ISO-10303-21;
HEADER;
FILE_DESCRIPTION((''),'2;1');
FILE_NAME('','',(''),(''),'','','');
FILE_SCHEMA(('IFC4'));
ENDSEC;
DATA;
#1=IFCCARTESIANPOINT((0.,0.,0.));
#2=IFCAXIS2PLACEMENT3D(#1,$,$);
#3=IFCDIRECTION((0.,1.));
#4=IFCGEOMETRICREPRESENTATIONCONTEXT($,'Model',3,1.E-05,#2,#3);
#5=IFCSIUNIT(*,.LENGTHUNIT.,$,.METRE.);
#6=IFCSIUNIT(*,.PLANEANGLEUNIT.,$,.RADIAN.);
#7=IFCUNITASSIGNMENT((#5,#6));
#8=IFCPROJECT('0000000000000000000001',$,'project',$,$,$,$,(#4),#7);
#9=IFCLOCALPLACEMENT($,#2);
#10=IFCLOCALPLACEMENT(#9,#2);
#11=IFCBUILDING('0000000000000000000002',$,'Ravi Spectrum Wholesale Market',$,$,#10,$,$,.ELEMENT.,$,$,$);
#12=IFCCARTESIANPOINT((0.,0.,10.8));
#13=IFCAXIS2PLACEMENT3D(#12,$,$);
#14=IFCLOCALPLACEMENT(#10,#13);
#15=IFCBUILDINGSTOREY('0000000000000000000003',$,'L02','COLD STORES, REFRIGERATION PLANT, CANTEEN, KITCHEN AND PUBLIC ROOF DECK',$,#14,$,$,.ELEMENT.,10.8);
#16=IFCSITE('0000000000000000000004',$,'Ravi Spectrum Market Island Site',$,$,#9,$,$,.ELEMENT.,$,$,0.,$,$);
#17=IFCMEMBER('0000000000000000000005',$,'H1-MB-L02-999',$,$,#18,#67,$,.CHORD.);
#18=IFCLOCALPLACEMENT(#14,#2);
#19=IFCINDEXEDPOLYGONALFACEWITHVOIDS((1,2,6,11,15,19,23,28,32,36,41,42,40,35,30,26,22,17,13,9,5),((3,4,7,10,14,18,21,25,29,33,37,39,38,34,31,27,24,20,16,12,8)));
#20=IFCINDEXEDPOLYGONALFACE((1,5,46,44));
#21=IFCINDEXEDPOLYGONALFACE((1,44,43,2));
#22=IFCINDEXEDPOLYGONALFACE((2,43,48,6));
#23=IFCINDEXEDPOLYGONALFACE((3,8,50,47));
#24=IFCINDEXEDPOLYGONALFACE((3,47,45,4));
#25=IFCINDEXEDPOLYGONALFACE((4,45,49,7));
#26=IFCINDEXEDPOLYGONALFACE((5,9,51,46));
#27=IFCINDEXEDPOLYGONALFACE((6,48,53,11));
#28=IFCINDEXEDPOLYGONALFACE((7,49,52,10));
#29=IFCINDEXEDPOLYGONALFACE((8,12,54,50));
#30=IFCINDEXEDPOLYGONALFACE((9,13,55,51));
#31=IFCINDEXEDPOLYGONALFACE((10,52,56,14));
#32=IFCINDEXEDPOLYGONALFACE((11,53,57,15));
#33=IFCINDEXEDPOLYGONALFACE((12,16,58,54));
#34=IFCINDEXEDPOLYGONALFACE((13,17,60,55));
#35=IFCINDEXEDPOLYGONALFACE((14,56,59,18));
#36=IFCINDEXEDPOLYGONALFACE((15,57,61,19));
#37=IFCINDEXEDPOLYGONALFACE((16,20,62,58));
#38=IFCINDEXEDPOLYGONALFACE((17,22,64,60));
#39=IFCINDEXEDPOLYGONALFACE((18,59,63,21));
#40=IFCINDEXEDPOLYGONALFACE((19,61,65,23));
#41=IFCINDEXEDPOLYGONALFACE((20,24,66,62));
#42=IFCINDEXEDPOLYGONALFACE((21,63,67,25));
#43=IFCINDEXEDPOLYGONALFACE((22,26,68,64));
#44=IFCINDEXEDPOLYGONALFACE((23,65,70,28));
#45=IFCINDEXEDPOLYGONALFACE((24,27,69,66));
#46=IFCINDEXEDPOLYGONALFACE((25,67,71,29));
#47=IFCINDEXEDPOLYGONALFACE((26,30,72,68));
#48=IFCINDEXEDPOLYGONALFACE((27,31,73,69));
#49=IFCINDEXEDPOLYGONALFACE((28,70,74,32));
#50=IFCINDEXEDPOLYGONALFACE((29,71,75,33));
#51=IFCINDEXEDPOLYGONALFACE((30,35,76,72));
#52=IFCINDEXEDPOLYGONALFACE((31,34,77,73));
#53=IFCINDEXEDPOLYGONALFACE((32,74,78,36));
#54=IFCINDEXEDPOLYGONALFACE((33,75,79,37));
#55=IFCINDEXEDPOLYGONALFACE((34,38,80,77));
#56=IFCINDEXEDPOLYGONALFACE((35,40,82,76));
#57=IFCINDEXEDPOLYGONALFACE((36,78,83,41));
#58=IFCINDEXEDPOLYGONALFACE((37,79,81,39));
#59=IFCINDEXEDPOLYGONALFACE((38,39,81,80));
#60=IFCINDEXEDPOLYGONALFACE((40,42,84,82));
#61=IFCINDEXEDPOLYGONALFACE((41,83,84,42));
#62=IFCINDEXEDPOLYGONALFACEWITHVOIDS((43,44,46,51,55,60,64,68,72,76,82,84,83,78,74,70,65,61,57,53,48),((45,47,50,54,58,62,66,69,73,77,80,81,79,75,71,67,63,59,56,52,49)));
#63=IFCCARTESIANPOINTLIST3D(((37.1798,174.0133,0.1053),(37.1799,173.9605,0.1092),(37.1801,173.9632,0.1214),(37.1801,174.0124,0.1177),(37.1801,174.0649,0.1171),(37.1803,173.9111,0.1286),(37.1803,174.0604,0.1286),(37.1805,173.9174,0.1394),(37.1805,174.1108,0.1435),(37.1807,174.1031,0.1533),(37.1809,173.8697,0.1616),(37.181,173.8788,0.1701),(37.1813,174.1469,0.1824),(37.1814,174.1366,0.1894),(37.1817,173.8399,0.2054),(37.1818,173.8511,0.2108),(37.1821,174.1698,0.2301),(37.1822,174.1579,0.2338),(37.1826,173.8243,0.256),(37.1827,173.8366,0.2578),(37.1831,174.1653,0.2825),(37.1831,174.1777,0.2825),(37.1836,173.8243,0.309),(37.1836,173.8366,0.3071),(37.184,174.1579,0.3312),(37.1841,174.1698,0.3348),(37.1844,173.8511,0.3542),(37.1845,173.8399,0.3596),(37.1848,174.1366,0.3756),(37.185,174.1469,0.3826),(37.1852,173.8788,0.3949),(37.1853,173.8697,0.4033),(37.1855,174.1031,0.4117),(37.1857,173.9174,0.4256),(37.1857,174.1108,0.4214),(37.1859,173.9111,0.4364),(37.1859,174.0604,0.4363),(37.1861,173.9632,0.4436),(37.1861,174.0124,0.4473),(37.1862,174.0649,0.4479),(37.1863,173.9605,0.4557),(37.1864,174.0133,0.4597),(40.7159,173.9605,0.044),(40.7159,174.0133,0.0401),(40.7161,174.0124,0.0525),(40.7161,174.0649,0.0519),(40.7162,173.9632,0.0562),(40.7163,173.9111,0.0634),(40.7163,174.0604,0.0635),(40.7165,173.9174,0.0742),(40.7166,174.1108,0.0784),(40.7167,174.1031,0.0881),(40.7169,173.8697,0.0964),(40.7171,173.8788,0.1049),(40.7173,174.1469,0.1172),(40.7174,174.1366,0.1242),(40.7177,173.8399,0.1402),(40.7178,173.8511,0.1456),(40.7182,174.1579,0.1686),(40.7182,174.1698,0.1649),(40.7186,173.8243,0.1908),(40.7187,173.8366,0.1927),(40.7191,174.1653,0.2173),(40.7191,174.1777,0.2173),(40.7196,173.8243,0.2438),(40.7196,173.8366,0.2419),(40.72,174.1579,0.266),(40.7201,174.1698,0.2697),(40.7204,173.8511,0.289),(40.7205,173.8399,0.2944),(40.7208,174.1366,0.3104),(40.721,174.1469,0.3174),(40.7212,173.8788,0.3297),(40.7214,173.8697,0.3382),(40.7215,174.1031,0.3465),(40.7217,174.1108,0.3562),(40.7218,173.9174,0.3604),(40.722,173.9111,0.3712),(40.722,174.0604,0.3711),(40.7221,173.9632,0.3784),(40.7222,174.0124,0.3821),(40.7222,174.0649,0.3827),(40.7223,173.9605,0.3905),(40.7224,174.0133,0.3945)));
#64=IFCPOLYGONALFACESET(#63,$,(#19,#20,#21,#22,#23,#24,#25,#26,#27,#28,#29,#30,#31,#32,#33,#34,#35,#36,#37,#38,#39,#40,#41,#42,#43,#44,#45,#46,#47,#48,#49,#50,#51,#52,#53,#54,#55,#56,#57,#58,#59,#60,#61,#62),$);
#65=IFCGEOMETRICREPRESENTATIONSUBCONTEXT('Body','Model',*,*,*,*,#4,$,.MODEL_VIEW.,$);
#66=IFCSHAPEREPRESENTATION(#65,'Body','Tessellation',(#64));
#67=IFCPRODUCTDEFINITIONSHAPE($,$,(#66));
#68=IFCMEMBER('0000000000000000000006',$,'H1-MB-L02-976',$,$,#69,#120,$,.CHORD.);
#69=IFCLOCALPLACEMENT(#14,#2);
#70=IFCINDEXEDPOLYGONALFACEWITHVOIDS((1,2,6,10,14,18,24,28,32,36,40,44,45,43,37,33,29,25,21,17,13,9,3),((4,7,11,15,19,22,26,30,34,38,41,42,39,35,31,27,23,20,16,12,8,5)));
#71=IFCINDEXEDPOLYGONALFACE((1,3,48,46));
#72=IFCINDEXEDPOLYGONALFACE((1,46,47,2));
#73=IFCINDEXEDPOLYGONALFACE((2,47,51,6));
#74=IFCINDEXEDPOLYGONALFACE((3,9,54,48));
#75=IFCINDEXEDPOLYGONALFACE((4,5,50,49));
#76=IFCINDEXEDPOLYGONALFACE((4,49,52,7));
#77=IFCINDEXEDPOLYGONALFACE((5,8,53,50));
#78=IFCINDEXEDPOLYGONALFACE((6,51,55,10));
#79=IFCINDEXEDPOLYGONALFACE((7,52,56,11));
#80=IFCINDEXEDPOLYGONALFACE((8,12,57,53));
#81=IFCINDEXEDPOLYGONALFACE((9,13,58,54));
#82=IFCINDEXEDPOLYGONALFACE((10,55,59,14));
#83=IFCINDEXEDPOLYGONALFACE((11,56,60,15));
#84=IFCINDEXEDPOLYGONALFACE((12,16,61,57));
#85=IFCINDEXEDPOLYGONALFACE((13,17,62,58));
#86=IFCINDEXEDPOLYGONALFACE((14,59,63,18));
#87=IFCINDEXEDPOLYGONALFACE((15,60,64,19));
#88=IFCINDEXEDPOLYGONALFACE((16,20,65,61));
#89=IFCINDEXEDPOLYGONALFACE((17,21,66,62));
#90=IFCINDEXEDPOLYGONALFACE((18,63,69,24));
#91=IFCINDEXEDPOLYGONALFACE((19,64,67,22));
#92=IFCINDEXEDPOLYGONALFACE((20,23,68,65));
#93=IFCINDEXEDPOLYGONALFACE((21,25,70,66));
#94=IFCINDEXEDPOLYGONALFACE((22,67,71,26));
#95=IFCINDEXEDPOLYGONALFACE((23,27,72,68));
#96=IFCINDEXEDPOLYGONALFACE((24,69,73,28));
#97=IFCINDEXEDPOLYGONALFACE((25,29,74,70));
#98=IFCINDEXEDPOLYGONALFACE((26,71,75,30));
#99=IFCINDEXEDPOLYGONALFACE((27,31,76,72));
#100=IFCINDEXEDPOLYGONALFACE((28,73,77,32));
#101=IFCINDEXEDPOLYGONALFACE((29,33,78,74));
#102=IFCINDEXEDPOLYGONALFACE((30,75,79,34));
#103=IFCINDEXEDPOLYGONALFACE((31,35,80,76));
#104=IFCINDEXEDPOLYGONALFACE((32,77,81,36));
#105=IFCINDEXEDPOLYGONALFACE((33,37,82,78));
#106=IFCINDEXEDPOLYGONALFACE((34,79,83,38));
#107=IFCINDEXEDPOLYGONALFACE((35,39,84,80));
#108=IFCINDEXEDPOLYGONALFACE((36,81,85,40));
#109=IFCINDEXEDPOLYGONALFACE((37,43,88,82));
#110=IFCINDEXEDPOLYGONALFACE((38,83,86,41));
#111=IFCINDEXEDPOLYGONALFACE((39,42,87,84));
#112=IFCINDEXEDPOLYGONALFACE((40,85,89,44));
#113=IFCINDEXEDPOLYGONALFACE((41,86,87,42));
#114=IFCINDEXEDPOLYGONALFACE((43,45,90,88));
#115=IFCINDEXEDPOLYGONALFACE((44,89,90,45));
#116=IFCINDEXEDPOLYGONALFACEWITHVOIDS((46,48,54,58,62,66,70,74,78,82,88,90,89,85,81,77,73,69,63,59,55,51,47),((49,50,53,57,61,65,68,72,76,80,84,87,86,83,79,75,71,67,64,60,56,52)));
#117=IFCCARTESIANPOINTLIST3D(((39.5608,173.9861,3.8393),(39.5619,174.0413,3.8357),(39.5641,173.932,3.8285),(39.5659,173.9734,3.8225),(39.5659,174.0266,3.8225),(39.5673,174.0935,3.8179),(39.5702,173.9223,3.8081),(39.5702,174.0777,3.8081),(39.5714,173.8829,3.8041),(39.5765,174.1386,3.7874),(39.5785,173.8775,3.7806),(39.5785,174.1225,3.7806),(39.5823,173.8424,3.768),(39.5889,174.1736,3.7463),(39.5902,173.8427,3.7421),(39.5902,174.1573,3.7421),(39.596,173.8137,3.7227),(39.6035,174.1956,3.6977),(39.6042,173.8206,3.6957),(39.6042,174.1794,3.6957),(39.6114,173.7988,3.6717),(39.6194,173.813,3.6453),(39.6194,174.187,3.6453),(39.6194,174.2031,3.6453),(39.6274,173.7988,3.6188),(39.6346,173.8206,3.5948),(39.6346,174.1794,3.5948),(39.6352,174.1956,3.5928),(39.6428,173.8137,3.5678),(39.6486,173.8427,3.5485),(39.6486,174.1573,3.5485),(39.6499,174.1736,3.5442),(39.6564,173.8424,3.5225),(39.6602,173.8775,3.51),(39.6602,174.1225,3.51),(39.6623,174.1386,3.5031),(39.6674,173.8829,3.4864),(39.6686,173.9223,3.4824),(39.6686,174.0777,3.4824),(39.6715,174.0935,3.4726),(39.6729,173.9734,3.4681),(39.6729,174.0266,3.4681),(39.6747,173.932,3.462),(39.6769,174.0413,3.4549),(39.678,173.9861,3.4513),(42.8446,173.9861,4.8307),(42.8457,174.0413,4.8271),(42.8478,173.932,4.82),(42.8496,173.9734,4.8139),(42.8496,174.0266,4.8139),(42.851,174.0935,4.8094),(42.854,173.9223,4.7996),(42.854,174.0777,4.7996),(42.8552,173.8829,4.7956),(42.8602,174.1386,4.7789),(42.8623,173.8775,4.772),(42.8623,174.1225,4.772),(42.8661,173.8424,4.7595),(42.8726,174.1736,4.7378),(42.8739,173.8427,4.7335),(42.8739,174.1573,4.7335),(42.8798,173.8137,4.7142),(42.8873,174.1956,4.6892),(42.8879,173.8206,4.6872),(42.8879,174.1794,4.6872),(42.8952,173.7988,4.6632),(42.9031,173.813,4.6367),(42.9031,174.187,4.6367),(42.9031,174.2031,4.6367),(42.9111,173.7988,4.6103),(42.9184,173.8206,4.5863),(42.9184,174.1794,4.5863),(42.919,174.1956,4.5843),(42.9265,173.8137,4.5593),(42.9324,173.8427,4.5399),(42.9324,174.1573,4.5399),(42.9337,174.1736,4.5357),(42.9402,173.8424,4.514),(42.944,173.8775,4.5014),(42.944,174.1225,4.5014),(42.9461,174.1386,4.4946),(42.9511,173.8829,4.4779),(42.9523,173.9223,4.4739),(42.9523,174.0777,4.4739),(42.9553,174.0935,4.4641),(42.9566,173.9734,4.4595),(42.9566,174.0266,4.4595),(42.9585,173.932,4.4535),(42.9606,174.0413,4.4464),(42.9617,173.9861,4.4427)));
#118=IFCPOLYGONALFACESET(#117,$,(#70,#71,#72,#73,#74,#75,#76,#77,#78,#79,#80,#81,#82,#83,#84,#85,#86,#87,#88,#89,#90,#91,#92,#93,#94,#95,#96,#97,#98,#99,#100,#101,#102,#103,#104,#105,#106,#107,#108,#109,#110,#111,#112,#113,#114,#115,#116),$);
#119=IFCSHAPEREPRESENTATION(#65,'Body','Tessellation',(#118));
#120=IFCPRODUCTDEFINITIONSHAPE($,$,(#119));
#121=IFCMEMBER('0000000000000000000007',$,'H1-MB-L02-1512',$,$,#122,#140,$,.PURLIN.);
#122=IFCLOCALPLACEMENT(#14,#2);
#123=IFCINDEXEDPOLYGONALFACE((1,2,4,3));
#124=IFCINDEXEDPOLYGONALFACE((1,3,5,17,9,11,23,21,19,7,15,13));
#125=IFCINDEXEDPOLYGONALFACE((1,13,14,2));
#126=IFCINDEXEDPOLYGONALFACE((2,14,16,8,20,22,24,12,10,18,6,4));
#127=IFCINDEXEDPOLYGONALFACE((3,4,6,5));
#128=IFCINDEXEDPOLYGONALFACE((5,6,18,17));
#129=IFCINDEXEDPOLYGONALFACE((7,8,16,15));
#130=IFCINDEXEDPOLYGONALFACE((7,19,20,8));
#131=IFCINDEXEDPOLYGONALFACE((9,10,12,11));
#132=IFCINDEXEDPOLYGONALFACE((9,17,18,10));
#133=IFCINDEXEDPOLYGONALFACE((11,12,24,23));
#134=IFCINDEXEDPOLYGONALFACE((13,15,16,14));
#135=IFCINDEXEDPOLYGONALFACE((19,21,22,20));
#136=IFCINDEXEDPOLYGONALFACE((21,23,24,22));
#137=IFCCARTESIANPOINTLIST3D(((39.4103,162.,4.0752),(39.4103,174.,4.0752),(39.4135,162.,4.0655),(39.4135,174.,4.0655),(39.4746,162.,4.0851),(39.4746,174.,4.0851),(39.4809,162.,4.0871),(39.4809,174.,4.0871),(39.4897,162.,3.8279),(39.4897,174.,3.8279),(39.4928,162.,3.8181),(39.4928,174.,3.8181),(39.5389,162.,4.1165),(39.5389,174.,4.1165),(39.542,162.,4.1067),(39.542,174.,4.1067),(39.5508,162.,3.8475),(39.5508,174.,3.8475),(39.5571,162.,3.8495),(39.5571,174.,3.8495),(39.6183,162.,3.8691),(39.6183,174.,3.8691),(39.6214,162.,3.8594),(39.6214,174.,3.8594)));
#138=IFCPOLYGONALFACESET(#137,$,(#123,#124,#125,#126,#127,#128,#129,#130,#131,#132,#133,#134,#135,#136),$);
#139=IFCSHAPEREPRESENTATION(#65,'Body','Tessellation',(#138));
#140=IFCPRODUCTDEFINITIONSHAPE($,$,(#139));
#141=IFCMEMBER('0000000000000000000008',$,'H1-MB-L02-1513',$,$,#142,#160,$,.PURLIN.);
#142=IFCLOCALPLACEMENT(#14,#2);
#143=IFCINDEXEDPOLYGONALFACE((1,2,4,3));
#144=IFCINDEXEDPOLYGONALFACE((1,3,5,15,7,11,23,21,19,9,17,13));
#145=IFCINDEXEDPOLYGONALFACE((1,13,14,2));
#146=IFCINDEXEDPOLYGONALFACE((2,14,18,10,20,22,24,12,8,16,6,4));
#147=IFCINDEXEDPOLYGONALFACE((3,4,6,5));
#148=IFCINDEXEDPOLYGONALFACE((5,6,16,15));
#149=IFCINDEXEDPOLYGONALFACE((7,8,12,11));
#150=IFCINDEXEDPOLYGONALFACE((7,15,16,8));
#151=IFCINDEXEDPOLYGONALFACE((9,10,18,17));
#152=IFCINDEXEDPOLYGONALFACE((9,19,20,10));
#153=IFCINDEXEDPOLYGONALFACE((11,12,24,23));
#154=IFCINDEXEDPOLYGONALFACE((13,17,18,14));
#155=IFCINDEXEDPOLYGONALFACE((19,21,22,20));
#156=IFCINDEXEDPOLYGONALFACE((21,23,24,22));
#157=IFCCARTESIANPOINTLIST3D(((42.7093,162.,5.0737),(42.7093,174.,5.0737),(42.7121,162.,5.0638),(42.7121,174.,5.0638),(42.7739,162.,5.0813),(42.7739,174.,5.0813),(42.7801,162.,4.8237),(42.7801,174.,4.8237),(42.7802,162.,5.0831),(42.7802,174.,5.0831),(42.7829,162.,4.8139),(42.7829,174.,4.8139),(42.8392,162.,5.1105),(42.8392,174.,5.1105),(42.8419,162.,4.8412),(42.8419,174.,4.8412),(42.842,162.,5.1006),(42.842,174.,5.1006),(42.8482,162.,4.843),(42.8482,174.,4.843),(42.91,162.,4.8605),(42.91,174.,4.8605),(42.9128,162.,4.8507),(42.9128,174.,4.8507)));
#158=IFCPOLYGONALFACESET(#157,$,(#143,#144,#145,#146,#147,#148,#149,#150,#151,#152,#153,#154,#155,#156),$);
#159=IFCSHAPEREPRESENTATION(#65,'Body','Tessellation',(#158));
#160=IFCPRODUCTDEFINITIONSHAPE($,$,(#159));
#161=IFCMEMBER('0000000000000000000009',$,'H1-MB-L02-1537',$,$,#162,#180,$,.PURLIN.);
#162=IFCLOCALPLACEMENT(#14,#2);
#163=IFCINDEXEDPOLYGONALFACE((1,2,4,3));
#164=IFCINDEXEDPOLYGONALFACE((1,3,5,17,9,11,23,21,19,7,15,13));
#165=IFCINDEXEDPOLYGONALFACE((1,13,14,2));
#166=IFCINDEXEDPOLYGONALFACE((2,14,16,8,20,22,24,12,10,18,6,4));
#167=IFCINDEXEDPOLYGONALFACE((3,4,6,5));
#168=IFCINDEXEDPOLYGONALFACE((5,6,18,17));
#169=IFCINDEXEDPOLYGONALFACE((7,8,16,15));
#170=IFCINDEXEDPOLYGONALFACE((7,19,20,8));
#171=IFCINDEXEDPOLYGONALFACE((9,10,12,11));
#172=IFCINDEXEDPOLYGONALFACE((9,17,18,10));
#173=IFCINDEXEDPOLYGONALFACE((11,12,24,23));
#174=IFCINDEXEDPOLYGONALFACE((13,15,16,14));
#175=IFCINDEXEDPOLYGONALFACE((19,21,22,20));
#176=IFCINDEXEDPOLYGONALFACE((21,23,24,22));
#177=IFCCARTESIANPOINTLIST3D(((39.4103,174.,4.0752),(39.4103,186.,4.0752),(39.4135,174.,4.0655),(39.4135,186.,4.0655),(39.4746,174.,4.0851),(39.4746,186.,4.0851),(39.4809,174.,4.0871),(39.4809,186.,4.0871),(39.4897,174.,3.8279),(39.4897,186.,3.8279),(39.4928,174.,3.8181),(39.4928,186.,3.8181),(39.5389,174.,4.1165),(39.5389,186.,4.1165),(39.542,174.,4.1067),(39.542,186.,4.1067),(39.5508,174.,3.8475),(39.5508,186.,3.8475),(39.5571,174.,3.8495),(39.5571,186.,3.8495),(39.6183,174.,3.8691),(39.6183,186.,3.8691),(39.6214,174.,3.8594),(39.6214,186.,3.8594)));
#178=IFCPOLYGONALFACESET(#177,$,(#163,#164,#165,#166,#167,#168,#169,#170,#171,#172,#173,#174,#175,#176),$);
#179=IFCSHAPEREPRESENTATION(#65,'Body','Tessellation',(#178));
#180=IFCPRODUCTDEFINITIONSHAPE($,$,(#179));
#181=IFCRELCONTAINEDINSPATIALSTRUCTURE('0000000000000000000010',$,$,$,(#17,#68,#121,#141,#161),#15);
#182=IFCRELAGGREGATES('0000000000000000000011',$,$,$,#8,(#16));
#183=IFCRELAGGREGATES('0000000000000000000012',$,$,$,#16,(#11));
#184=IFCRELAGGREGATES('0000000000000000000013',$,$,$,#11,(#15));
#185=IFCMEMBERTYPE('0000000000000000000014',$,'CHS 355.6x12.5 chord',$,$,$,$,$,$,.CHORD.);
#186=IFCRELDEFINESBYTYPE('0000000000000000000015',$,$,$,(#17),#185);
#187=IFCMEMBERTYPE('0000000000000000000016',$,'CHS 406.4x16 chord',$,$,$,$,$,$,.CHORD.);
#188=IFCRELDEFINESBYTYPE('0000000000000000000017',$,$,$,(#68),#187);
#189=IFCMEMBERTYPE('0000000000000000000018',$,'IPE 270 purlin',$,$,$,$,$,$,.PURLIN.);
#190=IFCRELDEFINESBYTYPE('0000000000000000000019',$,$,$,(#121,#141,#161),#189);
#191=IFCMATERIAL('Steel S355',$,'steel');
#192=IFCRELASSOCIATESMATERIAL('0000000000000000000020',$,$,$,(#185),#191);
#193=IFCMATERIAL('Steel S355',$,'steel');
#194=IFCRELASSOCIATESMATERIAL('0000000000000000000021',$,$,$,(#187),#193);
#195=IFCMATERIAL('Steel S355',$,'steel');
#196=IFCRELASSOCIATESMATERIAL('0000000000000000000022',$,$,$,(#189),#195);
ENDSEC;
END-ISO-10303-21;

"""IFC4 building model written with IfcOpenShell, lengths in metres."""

from ifc_helpers import new_model, si_unit, direction, frame, origin, origin_2d, place, context, subcontext, project, spatial, hollow_circle, i_section, extrude, material, material_profile, profile_set, type_object, element, save


model = new_model("IFC4")

# Units and contexts
model_context = context("Model", 3, precision=1e-05, world=origin(), true_north=direction((0.0, 1.0)))
body_context = subcontext(model_context, "Body", "Model", "MODEL_VIEW")
ifc_project = project(units=[si_unit("LENGTHUNIT", "METRE"), si_unit("PLANEANGLEUNIT", "RADIAN")], contexts=[model_context])

# Site, building, storey
site_placement = place(None, origin())
site = spatial("IfcSite", under=ifc_project, at=site_placement, Name="Ravi Spectrum Market Island Site", CompositionType="ELEMENT", RefElevation=0.0)
building_placement = place(site_placement, origin())
building = spatial("IfcBuilding", under=site, at=building_placement, Name="Ravi Spectrum Wholesale Market", CompositionType="ELEMENT")
storey_placement = place(building_placement, frame((0.0, 0.0, 10.8)))
storey = spatial("IfcBuildingStorey", under=building, at=storey_placement, Name="L02", Description="COLD STORES, REFRIGERATION PLANT, CANTEEN, KITCHEN AND PUBLIC ROOF DECK", CompositionType="ELEMENT", Elevation=10.8)

# Members
ifc_material_1 = material(Name="Steel S355", Category="steel")
ifc_material_profile_1 = material_profile(ifc_material_1, hollow_circle(Radius=0.1777, WallThickness=0.0125, at=origin_2d()))
ifc_profile_set_1 = profile_set([ifc_material_profile_1], Name="Steel S355")
member_type_1 = type_object("IfcMemberType", Name="CHS 355.6x12.5 chord", PredefinedType="CHORD", material=ifc_profile_set_1)
member_1_placement = place(storey_placement, frame((37.1831, 174.0, 0.2825), z_axis=(0.99983, 0.0, -0.018431), x_axis=(0.0, 1.0, 0.0)))
element("IfcMember", 1, at=member_1_placement, inside=storey, type_object=member_type_1, Name="H1-MB-L02-999", PredefinedType="CHORD", context=body_context, shape_type="SweptSolid", body=[
    extrude(hollow_circle(Radius=0.1777, WallThickness=0.0125, at=origin_2d()), origin(), (0.0, 0.0, 1.0), 3.5366),
])
ifc_material_2 = material(Name="Steel S355", Category="steel")
ifc_material_profile_2 = material_profile(ifc_material_2, hollow_circle(Radius=0.2031, WallThickness=0.0161, at=origin_2d()))
ifc_profile_set_2 = profile_set([ifc_material_profile_2], Name="Steel S355")
member_type_2 = type_object("IfcMemberType", Name="CHS 406.4x16 chord", PredefinedType="CHORD", material=ifc_profile_set_2)
member_2_placement = place(storey_placement, frame((39.6194, 174.0, 3.6453), z_axis=(0.957315, 0.0, 0.289045), x_axis=(0.0, 1.0, 0.0)))
element("IfcMember", 2, at=member_2_placement, inside=storey, type_object=member_type_2, Name="H1-MB-L02-976", PredefinedType="CHORD", context=body_context, shape_type="SweptSolid", body=[
    extrude(hollow_circle(Radius=0.2031, WallThickness=0.0161, at=origin_2d()), origin(), (0.0, 0.0, 1.0), 3.4302),
])
ifc_material_3 = material(Name="Steel S355", Category="steel")
ifc_material_profile_3 = material_profile(ifc_material_3, i_section(OverallWidth=0.135, OverallDepth=0.27, WebThickness=0.0066, FlangeThickness=0.0103, at=origin_2d()))
ifc_profile_set_3 = profile_set([ifc_material_profile_3], Name="Steel S355")
member_type_3 = type_object("IfcMemberType", Name="IPE 270 purlin", PredefinedType="PURLIN", material=ifc_profile_set_3)
for number, where, z_axis, x_axis, name in (
    (3, (39.5159, 162.0, 3.9673), (0.0, 1.0, 0.0), (-0.952184, 0.0, -0.305524), "H1-MB-L02-1512"),
    (4, (42.811, 162.0, 4.9622), (0.0, 1.0, 0.0), (-0.962156, 0.0, -0.272499), "H1-MB-L02-1513"),
    (5, (39.5159, 174.0, 3.9673), (0.0, 1.0, 0.0), (-0.952184, 0.0, -0.305524), "H1-MB-L02-1537"),
):
    element("IfcMember", number, at=place(storey_placement, frame(where, z_axis=z_axis, x_axis=x_axis)), inside=storey, type_object=member_type_3, Name=name, PredefinedType="PURLIN", context=body_context, shape_type="SweptSolid", body=[
        extrude(i_section(OverallWidth=0.135, OverallDepth=0.27, WebThickness=0.0066, FlangeThickness=0.0103, at=origin_2d()), origin(), (0.0, 0.0, 1.0), 12.0),
    ])

save(model, "model.ifc")
